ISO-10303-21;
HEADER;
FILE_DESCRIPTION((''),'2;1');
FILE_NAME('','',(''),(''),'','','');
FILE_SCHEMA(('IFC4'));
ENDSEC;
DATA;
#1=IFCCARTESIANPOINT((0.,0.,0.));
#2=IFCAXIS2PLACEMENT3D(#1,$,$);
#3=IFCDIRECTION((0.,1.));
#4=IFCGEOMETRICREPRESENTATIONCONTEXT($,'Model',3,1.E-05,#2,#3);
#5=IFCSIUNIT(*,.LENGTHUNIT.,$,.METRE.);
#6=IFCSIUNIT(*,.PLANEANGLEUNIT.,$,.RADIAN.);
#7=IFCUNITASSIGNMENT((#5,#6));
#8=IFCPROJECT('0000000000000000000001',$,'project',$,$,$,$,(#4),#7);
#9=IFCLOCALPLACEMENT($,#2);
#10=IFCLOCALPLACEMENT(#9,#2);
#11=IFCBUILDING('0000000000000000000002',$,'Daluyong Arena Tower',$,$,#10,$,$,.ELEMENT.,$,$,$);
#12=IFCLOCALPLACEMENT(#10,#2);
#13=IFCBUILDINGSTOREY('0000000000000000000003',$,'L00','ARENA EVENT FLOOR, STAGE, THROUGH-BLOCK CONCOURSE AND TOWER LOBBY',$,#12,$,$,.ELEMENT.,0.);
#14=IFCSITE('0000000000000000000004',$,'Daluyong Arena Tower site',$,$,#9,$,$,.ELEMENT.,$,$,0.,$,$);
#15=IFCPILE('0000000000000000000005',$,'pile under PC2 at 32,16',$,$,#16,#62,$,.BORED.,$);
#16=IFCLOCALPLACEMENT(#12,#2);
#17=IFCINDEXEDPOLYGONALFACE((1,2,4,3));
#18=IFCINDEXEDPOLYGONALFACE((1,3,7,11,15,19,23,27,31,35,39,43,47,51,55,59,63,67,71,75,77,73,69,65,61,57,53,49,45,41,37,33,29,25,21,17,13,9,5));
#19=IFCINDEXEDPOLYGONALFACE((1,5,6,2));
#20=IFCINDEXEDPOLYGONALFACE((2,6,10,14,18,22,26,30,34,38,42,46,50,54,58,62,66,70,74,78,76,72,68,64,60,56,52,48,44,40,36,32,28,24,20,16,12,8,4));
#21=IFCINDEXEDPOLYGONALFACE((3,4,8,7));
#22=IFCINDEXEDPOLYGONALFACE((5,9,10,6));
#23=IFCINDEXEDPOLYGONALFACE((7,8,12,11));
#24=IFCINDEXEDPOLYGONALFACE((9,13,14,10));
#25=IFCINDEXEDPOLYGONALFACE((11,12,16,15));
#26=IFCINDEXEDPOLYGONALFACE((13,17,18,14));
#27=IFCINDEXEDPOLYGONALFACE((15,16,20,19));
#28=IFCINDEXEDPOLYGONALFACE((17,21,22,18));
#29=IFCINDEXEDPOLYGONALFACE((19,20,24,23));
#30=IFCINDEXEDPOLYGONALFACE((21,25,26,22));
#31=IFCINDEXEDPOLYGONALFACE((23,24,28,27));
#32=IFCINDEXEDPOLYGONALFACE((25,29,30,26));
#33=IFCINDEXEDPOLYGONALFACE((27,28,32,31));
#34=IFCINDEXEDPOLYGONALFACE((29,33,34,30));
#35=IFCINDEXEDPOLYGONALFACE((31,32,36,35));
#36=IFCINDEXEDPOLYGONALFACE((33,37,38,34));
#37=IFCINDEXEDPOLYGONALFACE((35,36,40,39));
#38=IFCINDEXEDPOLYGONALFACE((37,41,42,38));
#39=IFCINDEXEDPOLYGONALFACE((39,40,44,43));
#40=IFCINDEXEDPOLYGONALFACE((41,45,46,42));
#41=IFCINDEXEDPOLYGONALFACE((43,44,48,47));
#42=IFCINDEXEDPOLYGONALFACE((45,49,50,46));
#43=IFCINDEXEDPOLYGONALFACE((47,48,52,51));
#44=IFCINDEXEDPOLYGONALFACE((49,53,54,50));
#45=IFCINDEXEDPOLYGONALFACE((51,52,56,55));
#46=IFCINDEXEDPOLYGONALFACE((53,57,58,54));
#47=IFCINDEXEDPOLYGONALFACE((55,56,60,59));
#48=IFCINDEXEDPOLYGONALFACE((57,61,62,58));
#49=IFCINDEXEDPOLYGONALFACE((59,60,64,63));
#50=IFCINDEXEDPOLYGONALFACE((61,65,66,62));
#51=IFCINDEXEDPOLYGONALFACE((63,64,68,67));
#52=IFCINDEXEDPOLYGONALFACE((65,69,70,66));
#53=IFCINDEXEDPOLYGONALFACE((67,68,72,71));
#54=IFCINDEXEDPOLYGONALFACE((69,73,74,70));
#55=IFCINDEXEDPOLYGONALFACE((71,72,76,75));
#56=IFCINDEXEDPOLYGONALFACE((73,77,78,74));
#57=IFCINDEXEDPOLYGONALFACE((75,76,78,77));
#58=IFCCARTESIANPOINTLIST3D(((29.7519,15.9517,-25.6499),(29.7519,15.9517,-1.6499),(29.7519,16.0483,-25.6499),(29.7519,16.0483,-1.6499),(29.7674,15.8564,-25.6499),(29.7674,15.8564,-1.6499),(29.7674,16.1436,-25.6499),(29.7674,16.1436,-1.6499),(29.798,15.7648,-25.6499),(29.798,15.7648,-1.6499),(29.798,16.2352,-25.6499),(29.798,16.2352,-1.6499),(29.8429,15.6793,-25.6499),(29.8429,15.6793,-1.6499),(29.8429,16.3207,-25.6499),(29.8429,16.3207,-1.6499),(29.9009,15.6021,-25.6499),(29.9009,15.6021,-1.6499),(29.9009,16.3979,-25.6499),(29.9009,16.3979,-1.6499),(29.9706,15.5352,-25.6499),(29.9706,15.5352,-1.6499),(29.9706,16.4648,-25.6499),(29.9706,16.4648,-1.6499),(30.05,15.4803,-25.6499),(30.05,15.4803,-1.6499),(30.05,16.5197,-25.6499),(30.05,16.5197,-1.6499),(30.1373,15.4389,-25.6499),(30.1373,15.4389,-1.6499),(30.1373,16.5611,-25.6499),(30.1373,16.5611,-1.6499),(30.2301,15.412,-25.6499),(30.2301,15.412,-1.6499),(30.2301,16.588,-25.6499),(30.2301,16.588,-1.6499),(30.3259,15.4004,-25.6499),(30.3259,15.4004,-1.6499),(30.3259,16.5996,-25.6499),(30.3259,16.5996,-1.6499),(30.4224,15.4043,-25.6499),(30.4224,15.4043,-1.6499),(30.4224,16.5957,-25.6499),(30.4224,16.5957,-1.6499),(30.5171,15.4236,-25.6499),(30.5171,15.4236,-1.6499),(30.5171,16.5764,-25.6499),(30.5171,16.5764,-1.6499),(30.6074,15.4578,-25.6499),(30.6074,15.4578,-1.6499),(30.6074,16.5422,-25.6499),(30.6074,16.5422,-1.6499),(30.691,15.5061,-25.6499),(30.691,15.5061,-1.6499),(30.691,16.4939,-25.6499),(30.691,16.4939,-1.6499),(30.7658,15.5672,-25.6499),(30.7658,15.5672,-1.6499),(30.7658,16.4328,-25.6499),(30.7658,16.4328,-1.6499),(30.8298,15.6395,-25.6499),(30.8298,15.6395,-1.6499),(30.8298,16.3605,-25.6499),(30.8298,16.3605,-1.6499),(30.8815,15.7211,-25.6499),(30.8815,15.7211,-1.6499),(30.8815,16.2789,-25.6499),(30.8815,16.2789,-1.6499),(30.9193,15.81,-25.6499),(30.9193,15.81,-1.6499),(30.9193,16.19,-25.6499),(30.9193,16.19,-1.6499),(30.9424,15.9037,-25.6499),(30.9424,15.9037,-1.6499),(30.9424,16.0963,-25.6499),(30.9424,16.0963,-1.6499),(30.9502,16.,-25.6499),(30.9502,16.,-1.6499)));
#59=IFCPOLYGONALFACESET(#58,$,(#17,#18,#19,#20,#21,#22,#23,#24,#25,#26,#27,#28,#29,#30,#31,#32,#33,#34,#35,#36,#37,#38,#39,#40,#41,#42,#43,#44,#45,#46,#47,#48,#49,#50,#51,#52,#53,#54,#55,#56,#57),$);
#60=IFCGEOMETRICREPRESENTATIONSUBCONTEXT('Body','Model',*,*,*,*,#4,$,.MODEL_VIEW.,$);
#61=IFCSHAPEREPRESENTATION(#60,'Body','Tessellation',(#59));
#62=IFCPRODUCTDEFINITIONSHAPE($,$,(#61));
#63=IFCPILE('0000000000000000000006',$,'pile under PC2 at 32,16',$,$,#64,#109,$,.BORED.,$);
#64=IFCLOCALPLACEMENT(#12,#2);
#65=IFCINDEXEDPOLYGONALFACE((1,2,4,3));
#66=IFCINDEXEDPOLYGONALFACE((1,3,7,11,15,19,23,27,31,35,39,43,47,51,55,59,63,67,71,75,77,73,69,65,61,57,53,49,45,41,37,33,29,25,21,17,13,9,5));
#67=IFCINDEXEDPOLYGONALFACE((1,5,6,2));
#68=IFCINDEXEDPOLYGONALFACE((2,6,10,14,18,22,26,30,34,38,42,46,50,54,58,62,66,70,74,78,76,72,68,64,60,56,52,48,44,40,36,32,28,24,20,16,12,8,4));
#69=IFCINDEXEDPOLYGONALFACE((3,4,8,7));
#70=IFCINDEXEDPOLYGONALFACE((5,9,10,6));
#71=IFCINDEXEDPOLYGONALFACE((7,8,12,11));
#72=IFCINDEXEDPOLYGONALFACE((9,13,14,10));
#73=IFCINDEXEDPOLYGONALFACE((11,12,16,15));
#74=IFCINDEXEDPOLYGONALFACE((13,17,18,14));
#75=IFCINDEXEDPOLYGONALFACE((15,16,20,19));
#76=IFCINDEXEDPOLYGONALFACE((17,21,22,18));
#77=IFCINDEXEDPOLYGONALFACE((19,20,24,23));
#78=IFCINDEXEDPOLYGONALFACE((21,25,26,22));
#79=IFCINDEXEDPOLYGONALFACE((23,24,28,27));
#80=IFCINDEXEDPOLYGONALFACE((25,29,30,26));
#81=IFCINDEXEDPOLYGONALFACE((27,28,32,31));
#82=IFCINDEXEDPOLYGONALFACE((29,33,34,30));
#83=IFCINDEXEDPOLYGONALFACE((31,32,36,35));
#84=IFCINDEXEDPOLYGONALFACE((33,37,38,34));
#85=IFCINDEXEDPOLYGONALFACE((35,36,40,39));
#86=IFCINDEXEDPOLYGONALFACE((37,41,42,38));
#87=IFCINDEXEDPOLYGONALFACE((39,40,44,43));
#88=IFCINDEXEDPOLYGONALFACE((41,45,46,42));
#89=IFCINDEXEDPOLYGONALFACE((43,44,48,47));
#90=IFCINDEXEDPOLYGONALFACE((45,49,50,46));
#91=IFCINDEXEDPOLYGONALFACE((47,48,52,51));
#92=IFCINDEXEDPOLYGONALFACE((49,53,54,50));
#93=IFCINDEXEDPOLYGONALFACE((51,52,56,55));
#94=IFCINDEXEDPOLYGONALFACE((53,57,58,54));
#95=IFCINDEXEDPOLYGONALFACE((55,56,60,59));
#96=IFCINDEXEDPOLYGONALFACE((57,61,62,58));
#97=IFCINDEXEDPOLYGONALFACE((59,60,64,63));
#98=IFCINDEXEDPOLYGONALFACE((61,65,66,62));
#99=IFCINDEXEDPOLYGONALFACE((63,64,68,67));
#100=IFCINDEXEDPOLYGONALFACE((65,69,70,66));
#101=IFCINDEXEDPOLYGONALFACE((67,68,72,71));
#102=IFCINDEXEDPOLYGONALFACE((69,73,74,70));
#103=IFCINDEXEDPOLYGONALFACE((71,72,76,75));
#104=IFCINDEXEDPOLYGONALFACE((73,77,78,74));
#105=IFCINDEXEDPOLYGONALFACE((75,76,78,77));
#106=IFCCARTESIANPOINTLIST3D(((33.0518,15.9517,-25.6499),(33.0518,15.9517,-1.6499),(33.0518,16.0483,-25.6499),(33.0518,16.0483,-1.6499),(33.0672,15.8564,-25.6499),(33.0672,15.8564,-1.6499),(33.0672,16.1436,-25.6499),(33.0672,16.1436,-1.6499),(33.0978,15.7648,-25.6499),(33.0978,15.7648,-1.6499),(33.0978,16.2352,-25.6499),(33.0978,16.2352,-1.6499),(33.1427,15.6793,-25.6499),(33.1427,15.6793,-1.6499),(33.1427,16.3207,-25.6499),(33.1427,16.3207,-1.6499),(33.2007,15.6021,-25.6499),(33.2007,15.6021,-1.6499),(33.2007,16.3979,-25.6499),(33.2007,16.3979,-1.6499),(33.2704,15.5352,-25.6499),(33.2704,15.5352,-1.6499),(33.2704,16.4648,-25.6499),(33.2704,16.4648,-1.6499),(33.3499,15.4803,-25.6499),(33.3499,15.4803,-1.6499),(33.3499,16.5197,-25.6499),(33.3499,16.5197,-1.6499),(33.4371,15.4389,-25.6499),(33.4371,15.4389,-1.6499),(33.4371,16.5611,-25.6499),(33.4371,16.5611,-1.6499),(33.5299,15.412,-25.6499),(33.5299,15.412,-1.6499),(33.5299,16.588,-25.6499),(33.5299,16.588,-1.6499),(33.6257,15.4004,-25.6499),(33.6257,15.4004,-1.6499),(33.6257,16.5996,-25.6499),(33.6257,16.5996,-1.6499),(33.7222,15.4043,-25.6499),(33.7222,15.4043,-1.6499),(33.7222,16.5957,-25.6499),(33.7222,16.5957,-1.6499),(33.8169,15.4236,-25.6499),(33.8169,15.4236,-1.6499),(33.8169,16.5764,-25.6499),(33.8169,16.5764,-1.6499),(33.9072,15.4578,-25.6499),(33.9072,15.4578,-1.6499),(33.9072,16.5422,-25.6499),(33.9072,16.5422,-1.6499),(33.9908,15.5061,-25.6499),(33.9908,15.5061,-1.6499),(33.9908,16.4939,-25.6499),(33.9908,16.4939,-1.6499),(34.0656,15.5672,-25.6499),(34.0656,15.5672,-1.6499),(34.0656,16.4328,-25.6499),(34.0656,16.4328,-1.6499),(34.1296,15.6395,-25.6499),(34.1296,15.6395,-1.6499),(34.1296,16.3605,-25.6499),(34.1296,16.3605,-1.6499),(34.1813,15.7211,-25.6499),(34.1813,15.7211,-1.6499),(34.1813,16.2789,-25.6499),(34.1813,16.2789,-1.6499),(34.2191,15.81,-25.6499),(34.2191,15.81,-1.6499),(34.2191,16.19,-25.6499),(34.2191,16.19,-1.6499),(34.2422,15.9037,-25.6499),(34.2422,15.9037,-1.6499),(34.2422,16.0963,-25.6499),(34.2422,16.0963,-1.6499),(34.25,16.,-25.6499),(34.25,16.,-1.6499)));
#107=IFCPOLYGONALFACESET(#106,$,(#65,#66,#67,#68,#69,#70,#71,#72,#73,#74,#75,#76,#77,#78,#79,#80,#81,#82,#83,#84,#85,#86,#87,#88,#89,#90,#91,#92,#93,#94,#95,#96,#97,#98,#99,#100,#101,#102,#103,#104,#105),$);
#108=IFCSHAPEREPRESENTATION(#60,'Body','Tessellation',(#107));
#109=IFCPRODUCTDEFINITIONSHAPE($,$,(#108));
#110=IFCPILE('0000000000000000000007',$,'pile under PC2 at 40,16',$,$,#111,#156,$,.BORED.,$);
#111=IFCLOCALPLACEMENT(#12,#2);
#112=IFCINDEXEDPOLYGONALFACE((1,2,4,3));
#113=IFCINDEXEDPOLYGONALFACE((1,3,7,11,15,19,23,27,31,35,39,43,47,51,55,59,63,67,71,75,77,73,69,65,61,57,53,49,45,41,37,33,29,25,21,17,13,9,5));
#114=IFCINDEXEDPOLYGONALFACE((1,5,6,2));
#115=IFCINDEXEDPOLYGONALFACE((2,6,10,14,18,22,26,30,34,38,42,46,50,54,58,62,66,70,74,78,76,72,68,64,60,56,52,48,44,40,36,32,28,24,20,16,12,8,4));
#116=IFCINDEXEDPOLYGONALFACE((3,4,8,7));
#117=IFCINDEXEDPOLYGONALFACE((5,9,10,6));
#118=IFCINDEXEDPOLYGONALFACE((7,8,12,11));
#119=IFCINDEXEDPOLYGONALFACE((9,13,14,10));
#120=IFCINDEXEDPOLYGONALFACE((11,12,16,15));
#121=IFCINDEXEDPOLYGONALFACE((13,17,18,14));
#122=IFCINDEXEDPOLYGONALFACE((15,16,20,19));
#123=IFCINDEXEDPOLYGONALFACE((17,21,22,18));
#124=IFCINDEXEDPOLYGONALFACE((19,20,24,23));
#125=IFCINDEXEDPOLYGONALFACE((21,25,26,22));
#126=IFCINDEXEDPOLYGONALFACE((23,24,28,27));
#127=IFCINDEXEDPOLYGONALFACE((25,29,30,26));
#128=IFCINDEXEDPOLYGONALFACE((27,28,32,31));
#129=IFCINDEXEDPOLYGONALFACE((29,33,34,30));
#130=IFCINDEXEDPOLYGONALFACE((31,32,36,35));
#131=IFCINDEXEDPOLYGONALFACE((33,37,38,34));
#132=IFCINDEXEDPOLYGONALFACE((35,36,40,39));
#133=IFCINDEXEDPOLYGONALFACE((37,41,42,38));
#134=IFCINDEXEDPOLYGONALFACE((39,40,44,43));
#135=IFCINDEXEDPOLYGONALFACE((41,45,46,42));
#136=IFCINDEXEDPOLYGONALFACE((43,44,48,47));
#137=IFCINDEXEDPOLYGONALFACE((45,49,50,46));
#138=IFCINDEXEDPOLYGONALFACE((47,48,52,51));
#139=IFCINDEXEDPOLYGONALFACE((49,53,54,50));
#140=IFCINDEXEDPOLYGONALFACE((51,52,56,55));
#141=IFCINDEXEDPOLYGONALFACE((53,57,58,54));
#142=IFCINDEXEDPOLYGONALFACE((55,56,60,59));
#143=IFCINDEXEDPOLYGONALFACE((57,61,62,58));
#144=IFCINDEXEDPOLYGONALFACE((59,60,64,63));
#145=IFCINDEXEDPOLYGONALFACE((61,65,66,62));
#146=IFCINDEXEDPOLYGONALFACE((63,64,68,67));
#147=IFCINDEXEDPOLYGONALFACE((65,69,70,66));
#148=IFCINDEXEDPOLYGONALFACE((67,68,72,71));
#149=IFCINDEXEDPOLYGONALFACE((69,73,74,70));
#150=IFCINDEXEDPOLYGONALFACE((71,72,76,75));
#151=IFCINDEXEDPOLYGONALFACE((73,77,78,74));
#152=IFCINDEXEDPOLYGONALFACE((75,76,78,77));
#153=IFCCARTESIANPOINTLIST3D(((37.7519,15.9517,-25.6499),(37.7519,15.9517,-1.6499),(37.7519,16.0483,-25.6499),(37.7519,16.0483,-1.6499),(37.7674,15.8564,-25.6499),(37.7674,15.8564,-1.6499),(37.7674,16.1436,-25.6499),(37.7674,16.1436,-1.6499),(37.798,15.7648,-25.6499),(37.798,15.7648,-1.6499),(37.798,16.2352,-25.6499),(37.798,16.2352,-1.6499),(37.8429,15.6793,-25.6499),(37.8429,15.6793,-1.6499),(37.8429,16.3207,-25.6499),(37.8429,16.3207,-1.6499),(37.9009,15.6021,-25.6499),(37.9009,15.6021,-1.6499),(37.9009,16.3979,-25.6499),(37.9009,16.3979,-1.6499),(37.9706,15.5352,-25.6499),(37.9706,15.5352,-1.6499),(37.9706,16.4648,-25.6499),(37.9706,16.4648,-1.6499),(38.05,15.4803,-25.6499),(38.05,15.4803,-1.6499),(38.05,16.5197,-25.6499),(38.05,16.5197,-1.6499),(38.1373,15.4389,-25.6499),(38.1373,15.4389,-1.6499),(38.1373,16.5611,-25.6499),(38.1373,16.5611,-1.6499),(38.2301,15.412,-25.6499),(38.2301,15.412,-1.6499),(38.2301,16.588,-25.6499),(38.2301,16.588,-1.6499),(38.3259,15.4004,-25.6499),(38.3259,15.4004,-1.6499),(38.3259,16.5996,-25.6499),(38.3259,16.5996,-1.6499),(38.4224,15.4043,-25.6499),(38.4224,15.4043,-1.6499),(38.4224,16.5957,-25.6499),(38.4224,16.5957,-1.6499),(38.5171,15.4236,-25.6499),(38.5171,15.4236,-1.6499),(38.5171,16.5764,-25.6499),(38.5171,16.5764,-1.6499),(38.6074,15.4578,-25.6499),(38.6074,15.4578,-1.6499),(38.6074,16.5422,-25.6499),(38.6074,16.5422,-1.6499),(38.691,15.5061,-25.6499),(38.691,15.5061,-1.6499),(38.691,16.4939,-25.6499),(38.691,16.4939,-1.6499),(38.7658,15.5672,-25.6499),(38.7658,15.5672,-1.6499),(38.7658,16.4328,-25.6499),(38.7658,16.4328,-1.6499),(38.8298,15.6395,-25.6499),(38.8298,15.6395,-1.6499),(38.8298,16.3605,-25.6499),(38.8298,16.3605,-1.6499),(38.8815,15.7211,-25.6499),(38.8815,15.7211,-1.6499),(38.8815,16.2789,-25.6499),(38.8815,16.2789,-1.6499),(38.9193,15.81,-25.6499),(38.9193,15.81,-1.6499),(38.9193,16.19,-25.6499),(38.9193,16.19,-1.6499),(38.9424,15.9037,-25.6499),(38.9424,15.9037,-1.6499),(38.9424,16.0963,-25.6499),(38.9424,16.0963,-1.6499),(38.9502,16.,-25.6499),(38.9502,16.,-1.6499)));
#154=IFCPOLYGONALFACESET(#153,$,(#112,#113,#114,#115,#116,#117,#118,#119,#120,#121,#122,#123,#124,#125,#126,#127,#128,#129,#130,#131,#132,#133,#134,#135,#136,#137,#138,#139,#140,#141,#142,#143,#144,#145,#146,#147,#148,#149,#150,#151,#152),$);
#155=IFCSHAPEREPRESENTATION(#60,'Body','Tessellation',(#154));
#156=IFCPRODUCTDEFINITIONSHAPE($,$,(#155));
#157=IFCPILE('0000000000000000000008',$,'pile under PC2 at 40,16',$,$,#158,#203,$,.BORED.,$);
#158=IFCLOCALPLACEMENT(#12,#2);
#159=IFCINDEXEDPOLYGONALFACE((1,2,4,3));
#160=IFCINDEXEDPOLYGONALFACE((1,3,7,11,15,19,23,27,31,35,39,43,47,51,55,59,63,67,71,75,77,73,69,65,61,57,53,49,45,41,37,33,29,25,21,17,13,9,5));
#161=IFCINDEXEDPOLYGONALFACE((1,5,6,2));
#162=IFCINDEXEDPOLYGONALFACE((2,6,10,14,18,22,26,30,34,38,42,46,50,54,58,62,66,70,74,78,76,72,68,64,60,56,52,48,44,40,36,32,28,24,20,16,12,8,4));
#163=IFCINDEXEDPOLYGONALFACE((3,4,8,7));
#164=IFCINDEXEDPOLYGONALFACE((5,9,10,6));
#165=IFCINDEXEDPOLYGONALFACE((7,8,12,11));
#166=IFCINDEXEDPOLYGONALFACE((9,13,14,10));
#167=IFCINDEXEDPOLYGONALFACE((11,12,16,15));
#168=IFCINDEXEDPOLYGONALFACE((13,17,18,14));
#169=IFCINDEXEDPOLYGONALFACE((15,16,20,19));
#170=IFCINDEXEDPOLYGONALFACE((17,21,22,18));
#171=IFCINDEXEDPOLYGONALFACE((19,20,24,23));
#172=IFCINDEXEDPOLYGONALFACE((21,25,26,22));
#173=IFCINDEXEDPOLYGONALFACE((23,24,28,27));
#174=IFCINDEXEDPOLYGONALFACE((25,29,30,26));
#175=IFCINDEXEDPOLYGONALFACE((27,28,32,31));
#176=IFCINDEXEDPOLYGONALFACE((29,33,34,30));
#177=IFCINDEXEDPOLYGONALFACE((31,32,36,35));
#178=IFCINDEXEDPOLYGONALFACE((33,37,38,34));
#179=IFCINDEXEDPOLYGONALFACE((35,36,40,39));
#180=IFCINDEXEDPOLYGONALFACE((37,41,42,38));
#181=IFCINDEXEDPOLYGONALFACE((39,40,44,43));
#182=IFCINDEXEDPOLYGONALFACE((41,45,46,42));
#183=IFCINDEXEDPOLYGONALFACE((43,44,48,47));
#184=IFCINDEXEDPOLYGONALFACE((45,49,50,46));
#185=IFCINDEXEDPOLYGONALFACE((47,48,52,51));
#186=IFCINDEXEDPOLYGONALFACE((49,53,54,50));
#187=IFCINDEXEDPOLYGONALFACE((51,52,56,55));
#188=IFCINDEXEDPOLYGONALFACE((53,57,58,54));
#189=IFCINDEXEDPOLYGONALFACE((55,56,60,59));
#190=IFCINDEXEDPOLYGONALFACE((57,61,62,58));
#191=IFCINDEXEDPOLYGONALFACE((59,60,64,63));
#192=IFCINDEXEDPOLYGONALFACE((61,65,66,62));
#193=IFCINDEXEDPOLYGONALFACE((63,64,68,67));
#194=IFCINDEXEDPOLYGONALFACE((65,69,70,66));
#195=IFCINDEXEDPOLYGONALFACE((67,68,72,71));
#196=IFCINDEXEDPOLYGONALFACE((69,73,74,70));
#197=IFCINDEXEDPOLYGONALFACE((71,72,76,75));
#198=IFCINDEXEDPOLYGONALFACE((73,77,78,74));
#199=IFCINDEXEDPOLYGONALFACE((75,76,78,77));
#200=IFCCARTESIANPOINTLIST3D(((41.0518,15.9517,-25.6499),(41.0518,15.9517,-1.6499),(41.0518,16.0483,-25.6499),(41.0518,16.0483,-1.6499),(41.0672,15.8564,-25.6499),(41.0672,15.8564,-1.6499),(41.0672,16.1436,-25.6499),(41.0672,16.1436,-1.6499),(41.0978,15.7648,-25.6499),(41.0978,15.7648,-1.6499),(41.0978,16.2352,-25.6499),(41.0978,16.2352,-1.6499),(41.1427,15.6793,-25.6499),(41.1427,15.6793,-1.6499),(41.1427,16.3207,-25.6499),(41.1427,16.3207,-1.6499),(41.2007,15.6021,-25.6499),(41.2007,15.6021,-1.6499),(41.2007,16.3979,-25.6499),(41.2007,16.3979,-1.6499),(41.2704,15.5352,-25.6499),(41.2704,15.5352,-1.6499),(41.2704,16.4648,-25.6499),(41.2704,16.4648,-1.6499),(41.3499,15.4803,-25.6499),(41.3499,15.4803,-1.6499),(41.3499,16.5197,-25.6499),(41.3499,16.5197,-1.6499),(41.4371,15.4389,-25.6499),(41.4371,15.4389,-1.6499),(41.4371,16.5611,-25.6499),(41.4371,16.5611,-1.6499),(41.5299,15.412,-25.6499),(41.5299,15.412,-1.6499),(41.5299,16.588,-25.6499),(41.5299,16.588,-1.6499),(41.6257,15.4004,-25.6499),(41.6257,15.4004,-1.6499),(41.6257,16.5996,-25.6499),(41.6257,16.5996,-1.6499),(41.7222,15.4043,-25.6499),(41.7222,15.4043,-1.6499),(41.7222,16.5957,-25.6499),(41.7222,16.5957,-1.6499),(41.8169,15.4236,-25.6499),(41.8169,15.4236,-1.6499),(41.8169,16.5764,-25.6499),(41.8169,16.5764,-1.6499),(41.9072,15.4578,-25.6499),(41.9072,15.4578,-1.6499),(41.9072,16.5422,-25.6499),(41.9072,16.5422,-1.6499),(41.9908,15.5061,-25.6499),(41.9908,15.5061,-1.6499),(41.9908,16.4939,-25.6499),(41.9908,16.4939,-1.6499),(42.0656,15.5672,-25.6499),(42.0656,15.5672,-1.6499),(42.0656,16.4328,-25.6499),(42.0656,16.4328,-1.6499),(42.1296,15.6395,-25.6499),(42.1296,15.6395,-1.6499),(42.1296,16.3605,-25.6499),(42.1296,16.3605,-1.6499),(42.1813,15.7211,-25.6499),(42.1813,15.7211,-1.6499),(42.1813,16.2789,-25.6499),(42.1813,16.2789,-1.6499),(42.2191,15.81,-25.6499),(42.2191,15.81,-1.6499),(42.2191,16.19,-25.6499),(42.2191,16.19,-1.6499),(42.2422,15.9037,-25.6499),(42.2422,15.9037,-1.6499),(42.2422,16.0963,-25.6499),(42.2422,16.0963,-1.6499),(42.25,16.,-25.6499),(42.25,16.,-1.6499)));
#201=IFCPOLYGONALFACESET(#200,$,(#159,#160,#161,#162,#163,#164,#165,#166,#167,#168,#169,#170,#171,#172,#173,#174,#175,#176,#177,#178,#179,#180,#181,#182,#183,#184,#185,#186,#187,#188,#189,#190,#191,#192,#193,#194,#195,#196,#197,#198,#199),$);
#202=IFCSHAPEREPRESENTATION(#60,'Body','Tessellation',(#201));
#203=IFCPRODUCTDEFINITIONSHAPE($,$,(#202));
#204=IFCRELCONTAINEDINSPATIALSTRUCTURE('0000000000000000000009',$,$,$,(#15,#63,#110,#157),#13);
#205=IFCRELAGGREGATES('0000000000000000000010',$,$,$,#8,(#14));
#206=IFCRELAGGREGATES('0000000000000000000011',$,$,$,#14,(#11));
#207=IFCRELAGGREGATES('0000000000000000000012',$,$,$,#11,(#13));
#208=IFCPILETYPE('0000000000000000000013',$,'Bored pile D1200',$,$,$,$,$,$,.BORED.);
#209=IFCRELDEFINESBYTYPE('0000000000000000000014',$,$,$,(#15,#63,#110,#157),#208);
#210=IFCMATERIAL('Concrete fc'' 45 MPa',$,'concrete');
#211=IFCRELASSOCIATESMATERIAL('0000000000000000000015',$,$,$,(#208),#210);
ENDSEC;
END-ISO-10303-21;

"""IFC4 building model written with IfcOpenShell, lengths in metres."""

from ifc_helpers import new_model, si_unit, direction, frame, origin, origin_2d, place, context, subcontext, project, spatial, circle, extrude, material, type_object, element, save


model = new_model("IFC4")

# Units and contexts
model_context = context("Model", 3, precision=1e-05, world=origin(), true_north=direction((0.0, 1.0)))
body_context = subcontext(model_context, "Body", "Model", "MODEL_VIEW")
ifc_project = project(units=[si_unit("LENGTHUNIT", "METRE"), si_unit("PLANEANGLEUNIT", "RADIAN")], contexts=[model_context])

# Site, building, storey
site_placement = place(None, origin())
site = spatial("IfcSite", under=ifc_project, at=site_placement, Name="Daluyong Arena Tower site", CompositionType="ELEMENT", RefElevation=0.0)
building_placement = place(site_placement, origin())
building = spatial("IfcBuilding", under=site, at=building_placement, Name="Daluyong Arena Tower", CompositionType="ELEMENT")
storey_placement = place(building_placement, origin())
storey = spatial("IfcBuildingStorey", under=building, at=storey_placement, Name="L00", Description="ARENA EVENT FLOOR, STAGE, THROUGH-BLOCK CONCOURSE AND TOWER LOBBY", CompositionType="ELEMENT", Elevation=0.0)

# Piles
ifc_material_1 = material(Name="Concrete fc' 45 MPa", Category="concrete")
pile_type = type_object("IfcPileType", Name="Bored pile D1200", PredefinedType="BORED", material=ifc_material_1)
for number, where, z_axis, x_axis, name in (
    (1, (30.3501, 16.0, -1.6499), (0.0, 0.0, -1.0), (1.0, 0.0, 0.0), "pile under PC2 at 32,16"),
    (2, (33.6499, 16.0, -1.6499), (0.0, 0.0, -1.0), (1.0, 0.0, 0.0), "pile under PC2 at 32,16"),
    (3, (38.3501, 16.0, -1.6499), (0.0, 0.0, -1.0), (1.0, 0.0, 0.0), "pile under PC2 at 40,16"),
    (4, (41.6499, 16.0, -1.6499), (0.0, 0.0, -1.0), (1.0, 0.0, 0.0), "pile under PC2 at 40,16"),
):
    element("IfcPile", number, at=place(storey_placement, frame(where, z_axis=z_axis, x_axis=x_axis)), inside=storey, type_object=pile_type, Name=name, PredefinedType="BORED", context=body_context, shape_type="SweptSolid", body=[
        extrude(circle(Radius=0.6001, at=origin_2d()), origin(), (0.0, 0.0, 1.0), 24.0),
    ])

save(model, "model.ifc")
